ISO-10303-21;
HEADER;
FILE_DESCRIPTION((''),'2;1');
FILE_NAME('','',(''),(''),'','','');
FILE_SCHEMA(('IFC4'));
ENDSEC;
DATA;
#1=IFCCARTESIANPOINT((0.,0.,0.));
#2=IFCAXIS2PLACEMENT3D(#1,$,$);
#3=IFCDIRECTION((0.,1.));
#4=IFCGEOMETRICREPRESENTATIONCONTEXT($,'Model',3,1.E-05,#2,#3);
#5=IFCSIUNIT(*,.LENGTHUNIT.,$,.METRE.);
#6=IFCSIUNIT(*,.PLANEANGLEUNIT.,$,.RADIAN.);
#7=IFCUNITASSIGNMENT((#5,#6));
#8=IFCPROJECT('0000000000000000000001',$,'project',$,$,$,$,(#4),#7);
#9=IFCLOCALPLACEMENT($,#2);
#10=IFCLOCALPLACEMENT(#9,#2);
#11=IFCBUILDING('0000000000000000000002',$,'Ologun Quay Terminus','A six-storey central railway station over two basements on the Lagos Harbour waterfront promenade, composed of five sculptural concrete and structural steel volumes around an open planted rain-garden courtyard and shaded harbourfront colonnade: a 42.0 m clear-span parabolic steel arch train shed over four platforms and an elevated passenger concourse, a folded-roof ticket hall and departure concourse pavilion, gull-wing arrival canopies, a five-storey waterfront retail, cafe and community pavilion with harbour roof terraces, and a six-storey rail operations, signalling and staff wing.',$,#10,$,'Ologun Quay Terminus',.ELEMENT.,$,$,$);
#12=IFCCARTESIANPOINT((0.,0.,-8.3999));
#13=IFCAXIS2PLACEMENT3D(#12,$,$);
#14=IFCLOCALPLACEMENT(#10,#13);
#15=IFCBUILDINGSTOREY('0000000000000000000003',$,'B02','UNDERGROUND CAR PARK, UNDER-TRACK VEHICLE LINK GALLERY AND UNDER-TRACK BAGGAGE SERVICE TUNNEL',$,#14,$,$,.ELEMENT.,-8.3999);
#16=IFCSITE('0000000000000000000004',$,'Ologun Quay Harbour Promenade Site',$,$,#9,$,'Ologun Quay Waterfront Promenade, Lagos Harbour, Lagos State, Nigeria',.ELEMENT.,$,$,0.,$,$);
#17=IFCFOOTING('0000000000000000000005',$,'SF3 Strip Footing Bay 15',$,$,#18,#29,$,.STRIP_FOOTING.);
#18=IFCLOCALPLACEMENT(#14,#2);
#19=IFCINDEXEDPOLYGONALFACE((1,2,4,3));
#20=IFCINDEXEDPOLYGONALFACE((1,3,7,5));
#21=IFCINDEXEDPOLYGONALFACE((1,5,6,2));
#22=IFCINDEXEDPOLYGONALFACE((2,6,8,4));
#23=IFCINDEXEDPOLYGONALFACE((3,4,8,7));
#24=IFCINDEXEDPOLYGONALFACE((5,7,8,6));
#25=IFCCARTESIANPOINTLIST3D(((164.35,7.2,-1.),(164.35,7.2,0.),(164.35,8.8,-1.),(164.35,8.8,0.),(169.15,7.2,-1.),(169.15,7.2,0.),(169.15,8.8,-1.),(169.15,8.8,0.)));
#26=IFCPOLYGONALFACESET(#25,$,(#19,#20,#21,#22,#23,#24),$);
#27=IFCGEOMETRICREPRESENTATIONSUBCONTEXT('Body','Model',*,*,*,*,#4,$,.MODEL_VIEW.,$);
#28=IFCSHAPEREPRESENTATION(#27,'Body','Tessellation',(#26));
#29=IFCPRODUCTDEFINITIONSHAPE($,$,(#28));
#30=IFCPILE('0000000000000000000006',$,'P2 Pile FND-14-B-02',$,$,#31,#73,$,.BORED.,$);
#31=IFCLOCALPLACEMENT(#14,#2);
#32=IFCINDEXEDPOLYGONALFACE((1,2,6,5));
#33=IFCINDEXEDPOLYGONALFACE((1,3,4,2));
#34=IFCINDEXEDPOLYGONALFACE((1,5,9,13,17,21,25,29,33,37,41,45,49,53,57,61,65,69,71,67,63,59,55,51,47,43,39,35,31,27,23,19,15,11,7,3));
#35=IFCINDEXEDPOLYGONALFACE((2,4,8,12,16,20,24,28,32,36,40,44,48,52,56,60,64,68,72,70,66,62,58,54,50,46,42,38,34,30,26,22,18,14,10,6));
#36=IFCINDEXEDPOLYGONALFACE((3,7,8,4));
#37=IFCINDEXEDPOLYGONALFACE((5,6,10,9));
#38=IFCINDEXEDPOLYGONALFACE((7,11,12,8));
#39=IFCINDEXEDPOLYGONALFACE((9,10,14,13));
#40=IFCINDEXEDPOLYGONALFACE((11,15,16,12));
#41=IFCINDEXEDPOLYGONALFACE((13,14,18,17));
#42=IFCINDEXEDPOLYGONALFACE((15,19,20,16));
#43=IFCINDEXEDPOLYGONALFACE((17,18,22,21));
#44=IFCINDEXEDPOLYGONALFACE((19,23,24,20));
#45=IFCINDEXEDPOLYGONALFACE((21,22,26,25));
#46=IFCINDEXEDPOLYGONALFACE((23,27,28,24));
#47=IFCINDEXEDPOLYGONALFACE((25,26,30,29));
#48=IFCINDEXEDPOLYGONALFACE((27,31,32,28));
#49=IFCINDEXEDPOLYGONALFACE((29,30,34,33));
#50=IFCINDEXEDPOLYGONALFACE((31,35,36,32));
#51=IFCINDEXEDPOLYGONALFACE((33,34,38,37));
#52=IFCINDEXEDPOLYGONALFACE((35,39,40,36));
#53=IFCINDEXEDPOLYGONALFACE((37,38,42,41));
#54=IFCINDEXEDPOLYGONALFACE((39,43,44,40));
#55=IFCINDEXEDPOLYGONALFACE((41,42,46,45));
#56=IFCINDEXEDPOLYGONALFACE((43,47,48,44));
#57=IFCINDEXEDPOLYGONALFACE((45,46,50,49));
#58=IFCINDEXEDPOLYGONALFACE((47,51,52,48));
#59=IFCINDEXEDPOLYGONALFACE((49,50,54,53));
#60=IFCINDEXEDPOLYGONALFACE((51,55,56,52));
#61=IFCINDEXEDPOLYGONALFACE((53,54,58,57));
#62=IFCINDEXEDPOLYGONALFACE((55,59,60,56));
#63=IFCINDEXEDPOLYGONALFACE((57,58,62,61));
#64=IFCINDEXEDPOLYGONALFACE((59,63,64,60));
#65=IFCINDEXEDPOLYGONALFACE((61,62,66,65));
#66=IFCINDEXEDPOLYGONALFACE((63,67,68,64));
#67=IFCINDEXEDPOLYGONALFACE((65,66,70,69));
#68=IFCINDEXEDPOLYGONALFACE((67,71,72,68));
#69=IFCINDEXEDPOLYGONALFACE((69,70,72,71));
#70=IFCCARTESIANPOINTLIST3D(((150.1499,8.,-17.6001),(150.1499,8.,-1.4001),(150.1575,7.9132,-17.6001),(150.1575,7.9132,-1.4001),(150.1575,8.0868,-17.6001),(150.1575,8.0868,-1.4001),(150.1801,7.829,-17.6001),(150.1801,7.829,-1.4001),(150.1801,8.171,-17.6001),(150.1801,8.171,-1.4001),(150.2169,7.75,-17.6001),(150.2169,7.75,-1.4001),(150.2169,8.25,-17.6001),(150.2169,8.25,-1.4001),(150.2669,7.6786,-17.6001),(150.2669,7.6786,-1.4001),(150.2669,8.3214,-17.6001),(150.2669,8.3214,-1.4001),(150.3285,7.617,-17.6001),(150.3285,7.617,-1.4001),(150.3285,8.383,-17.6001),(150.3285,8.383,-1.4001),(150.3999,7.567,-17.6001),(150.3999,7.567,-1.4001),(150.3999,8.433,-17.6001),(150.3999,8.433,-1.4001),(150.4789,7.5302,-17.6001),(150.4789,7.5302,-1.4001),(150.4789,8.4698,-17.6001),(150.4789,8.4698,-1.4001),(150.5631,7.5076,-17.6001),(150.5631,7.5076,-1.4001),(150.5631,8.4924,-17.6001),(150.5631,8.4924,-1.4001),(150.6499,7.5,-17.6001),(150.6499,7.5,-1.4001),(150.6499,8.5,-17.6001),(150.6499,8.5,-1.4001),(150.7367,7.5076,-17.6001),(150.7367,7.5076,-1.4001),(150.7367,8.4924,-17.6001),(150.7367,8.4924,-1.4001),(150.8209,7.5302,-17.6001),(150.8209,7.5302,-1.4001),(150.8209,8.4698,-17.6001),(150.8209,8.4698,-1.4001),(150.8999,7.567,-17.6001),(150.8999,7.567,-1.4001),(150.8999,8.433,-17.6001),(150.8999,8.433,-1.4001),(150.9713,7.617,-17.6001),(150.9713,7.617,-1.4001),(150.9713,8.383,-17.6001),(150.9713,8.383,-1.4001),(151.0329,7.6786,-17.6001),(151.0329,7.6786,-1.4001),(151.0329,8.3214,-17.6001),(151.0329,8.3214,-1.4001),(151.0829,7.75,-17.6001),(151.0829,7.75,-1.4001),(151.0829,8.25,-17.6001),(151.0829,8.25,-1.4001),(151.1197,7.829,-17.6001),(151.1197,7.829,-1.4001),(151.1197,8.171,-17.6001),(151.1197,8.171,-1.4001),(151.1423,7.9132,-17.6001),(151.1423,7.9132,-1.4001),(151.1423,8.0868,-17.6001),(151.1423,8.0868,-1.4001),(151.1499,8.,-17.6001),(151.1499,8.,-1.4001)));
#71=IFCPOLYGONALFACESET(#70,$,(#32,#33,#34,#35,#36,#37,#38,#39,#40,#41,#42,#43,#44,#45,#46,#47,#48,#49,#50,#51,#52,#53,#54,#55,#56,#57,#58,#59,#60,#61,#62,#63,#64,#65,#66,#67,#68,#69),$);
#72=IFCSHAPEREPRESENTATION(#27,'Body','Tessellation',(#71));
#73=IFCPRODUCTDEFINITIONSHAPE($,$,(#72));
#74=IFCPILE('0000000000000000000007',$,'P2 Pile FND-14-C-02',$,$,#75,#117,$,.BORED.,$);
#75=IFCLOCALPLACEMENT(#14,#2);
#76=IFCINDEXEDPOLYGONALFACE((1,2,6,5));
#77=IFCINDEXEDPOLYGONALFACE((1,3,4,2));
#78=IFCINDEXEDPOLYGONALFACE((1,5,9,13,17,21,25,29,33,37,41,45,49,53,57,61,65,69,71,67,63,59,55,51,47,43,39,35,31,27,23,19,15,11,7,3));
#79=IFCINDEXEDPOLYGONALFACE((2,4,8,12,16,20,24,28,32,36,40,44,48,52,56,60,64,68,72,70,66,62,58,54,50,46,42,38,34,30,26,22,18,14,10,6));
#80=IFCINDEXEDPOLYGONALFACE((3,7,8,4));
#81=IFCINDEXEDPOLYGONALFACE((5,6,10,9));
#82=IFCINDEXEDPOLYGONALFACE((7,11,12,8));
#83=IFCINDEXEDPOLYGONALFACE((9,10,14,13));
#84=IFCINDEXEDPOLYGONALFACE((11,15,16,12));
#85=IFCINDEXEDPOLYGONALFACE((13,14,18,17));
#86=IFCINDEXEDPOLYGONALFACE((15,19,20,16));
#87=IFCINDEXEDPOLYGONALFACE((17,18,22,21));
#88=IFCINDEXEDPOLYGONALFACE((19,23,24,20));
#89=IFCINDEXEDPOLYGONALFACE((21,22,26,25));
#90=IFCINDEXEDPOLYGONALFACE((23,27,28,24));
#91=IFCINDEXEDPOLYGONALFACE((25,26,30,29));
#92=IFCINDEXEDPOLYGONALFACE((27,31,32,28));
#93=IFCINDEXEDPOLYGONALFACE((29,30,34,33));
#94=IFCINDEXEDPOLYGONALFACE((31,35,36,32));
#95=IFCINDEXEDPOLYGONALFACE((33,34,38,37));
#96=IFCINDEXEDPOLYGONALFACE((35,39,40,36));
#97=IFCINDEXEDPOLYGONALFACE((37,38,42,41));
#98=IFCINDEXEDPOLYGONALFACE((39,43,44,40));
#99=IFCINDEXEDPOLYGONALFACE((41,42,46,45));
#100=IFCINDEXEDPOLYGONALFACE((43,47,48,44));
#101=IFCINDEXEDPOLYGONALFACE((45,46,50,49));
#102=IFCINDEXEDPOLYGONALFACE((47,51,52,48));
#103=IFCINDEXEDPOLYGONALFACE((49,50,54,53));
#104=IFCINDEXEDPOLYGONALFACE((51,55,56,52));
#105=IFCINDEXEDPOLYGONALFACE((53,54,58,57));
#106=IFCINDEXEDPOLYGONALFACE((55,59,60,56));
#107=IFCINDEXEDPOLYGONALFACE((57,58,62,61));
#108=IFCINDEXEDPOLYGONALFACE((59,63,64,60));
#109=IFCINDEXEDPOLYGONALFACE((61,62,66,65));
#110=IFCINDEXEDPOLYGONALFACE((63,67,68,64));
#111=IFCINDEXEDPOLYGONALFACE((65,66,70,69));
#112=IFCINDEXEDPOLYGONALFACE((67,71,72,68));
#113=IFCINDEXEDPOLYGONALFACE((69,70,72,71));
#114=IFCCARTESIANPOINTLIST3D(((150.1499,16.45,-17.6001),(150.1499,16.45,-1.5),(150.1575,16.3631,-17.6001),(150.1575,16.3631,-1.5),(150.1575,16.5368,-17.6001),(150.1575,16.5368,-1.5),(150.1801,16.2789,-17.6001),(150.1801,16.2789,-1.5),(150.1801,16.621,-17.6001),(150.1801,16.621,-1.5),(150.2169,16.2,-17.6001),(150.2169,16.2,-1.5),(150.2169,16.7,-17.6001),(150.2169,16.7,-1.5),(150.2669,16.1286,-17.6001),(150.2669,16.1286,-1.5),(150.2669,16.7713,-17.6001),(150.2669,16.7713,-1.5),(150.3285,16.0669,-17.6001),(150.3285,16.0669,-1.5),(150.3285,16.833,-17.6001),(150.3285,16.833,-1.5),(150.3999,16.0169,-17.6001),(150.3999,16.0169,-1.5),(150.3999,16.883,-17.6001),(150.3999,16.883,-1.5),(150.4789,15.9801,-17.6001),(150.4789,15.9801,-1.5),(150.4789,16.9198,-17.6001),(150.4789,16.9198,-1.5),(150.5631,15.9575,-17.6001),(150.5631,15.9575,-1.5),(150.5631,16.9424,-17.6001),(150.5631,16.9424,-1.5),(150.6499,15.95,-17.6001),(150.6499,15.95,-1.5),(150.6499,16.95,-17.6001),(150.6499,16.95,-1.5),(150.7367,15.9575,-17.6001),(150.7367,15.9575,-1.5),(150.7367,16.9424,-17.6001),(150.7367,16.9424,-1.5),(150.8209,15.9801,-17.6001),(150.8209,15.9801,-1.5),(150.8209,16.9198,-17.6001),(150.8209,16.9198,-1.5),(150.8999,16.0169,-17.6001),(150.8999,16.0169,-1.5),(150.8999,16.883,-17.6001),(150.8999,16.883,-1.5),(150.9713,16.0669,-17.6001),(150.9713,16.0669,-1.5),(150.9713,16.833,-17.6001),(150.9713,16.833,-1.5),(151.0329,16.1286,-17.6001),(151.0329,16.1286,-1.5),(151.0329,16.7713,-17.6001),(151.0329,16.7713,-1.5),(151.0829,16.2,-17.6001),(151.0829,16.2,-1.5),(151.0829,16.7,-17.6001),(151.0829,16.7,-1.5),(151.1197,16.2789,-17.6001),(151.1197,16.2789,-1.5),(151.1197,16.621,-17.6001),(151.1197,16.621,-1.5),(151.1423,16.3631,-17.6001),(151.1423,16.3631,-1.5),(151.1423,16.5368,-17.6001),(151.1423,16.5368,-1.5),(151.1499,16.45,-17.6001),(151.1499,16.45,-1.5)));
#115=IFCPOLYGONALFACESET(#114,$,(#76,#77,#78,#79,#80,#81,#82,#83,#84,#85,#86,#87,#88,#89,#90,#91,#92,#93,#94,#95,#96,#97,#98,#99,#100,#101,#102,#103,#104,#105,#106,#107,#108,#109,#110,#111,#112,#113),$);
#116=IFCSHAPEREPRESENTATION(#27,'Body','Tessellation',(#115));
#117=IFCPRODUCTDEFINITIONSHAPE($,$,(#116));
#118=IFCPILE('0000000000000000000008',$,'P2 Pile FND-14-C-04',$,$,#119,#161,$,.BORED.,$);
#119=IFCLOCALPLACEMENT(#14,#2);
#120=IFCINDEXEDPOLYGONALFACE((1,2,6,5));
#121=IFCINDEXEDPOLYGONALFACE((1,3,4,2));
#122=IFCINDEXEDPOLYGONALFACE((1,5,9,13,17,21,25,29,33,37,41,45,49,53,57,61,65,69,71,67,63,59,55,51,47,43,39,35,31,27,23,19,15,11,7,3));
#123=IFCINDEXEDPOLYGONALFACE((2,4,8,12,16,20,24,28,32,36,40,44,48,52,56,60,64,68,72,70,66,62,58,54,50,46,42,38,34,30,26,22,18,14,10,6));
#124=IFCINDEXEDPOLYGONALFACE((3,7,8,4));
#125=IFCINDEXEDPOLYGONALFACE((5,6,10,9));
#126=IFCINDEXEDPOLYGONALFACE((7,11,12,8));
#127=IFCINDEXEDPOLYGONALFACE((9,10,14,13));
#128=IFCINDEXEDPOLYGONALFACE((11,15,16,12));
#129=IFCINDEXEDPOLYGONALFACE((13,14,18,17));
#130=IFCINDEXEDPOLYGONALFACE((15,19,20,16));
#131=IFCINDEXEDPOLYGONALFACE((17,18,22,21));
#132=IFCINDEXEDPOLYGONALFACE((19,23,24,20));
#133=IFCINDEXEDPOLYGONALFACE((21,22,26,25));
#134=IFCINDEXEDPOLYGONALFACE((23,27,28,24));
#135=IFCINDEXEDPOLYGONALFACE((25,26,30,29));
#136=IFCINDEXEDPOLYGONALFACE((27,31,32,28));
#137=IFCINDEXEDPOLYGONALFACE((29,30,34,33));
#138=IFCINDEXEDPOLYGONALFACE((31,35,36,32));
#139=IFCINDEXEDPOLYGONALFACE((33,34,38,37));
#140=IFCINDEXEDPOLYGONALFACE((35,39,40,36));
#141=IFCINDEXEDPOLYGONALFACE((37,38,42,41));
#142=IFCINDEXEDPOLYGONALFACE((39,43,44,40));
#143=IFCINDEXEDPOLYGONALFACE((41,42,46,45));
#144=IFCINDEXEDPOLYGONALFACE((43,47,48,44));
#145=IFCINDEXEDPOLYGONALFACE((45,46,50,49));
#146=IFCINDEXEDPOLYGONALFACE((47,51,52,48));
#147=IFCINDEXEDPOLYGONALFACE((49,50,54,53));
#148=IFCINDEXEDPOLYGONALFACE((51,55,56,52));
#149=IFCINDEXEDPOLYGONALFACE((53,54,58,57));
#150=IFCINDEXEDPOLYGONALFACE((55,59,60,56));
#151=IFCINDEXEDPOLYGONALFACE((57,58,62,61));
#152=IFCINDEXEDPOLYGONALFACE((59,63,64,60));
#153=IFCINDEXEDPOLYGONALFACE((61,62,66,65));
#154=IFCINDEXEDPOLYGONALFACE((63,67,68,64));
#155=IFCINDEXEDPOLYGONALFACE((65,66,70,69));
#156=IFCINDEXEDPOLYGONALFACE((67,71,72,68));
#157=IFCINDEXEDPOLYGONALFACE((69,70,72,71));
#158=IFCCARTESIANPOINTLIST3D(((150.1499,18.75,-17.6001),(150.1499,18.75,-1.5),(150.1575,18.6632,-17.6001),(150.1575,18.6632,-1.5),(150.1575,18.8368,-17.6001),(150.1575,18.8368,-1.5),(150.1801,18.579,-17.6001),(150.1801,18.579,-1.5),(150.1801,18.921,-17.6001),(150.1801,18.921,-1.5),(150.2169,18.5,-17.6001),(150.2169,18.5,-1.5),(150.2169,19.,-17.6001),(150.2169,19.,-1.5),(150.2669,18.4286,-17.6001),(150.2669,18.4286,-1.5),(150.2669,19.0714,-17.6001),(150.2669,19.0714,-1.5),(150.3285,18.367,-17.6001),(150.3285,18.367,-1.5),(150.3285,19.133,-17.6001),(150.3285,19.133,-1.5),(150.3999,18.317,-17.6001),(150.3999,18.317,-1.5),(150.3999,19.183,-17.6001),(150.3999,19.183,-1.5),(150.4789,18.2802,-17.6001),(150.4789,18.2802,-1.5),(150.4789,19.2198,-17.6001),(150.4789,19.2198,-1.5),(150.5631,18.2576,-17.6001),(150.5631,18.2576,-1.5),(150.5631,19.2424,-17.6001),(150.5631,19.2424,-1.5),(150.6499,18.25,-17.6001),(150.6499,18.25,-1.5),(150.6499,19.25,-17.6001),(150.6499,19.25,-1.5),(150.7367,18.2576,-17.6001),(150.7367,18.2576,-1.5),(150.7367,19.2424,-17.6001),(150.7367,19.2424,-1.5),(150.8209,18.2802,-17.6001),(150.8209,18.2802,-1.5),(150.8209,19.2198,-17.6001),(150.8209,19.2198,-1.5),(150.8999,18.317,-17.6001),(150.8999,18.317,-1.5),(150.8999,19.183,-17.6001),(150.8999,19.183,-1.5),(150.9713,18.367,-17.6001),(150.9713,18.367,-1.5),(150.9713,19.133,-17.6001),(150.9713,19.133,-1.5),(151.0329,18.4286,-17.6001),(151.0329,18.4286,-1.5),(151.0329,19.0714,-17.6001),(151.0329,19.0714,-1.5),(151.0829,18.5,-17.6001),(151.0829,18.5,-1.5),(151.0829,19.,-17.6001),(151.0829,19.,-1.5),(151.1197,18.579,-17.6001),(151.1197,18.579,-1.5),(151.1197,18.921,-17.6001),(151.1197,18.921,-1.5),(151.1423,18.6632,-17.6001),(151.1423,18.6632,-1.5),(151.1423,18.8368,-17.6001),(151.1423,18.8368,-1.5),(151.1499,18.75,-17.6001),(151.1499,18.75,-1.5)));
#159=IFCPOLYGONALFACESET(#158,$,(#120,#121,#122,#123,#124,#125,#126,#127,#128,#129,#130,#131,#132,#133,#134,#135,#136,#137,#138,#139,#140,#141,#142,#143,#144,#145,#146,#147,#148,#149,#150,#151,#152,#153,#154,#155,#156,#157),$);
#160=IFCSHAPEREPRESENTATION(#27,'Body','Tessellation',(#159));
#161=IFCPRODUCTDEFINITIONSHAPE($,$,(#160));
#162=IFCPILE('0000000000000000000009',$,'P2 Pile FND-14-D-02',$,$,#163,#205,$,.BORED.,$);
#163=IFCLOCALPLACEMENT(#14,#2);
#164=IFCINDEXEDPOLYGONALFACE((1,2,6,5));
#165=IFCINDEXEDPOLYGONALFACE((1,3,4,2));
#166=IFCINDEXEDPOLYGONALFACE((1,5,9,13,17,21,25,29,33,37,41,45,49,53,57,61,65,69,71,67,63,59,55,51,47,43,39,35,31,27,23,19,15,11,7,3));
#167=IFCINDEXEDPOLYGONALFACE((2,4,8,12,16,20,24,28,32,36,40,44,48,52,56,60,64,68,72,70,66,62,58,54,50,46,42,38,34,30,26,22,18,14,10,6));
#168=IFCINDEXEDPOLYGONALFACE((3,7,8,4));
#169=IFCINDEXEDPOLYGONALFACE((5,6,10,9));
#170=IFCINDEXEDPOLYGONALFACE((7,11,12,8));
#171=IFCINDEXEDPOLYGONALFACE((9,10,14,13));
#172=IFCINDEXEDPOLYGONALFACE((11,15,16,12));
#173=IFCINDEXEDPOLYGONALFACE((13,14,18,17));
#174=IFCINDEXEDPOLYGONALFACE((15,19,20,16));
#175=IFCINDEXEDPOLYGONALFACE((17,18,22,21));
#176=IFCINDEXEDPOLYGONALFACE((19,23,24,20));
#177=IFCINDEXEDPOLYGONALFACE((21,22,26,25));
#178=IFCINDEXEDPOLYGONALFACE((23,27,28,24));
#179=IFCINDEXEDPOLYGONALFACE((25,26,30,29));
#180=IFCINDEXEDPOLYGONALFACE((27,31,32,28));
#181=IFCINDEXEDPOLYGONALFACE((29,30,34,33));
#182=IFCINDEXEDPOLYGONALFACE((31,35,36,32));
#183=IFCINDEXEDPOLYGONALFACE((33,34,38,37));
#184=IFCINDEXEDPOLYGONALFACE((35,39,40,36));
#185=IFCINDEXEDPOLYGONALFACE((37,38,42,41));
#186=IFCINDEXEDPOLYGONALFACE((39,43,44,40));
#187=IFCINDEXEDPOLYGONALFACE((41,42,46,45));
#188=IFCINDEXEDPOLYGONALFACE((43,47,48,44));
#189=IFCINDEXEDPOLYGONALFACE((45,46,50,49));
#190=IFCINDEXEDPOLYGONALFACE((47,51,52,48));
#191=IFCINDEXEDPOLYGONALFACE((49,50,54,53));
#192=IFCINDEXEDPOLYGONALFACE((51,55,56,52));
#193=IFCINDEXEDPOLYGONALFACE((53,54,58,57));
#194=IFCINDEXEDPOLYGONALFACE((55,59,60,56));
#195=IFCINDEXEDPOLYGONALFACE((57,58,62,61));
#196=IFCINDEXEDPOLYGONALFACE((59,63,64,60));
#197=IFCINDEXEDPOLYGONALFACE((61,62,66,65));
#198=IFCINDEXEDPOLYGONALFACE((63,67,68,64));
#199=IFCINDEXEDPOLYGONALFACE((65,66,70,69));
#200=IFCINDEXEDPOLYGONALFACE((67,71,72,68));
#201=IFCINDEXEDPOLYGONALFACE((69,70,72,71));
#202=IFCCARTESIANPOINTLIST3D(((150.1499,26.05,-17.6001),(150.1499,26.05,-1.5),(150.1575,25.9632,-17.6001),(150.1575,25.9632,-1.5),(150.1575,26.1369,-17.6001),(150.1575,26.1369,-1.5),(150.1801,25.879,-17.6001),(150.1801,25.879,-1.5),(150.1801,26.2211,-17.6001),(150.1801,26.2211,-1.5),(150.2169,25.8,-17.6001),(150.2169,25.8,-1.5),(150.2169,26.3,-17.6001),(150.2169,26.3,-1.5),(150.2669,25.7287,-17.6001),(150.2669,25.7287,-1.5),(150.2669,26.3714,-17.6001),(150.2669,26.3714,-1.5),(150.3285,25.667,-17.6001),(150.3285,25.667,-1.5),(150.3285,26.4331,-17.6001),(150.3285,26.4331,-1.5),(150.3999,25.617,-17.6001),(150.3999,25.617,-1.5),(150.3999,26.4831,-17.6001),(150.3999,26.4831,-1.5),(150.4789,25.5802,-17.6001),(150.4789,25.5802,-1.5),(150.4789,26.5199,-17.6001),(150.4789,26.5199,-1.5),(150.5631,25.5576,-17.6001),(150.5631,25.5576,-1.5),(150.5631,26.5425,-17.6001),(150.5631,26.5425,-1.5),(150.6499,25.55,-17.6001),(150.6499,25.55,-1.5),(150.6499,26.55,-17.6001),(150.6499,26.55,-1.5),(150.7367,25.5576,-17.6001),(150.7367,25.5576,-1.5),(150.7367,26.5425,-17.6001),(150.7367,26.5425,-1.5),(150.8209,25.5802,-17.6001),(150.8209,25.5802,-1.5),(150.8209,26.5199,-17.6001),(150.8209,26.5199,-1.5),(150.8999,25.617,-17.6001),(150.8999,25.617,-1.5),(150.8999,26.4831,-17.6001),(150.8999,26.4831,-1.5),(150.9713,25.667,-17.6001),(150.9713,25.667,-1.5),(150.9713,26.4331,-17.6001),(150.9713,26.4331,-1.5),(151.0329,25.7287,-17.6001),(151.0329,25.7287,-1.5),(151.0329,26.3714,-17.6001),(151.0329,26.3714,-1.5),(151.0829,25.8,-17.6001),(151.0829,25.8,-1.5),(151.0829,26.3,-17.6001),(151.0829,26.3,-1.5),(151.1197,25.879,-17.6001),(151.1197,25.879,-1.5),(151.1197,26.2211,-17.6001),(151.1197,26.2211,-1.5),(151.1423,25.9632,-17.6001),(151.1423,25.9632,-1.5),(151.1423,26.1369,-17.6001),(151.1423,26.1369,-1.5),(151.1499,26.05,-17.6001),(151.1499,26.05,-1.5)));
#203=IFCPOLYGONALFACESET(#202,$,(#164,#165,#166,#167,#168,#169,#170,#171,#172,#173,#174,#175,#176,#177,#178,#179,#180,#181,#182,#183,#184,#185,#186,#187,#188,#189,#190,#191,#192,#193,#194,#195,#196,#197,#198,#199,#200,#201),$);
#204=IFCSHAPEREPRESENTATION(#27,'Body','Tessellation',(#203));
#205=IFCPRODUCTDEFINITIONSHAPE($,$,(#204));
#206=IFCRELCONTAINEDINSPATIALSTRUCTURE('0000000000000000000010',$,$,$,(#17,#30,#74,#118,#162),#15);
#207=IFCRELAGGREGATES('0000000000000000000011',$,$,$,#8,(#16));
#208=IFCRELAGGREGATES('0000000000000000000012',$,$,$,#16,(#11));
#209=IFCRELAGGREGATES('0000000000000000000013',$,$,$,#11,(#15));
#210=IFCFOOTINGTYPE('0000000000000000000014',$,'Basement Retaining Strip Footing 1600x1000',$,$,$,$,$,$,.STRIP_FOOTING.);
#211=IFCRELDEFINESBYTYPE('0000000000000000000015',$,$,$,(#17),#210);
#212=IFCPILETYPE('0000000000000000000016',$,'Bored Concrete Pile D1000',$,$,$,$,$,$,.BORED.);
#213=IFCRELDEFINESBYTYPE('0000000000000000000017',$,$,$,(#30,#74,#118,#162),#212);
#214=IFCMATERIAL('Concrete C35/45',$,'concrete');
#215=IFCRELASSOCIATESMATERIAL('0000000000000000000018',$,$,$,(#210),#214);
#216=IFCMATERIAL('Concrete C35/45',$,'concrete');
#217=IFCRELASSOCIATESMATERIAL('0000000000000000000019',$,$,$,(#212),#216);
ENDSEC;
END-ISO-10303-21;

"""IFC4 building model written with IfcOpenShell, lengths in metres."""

from ifc_helpers import new_model, si_unit, direction, frame, origin, origin_2d, place, context, subcontext, project, spatial, rectangle, circle, extrude, material, material_profile, profile_set, type_object, element, save


model = new_model("IFC4")

# Units and contexts
model_context = context("Model", 3, precision=1e-05, world=origin(), true_north=direction((0.0, 1.0)))
body_context = subcontext(model_context, "Body", "Model", "MODEL_VIEW")
ifc_project = project(units=[si_unit("LENGTHUNIT", "METRE"), si_unit("PLANEANGLEUNIT", "RADIAN")], contexts=[model_context])

# Site, building, storey
site_placement = place(None, origin())
site = spatial("IfcSite", under=ifc_project, at=site_placement, Name="Ologun Quay Harbour Promenade Site", LongName="Ologun Quay Waterfront Promenade, Lagos Harbour, Lagos State, Nigeria", CompositionType="ELEMENT", RefElevation=0.0)
building_placement = place(site_placement, origin())
building = spatial("IfcBuilding", under=site, at=building_placement, Name="Ologun Quay Terminus", Description="A six-storey central railway station over two basements on the Lagos Harbour waterfront promenade, composed of five sculptural concrete and structural steel volumes around an open planted rain-garden courtyard and shaded harbourfront colonnade: a 42.0 m clear-span parabolic steel arch train shed over four platforms and an elevated passenger concourse, a folded-roof ticket hall and departure concourse pavilion, gull-wing arrival canopies, a five-storey waterfront retail, cafe and community pavilion with harbour roof terraces, and a six-storey rail operations, signalling and staff wing.", LongName="Ologun Quay Terminus", CompositionType="ELEMENT")
storey_placement = place(building_placement, frame((0.0, 0.0, -8.3999)))
storey = spatial("IfcBuildingStorey", under=building, at=storey_placement, Name="B02", Description="UNDERGROUND CAR PARK, UNDER-TRACK VEHICLE LINK GALLERY AND UNDER-TRACK BAGGAGE SERVICE TUNNEL", CompositionType="ELEMENT", Elevation=-8.3999)

# Footing
ifc_material_1 = material(Name="Concrete C35/45", Category="concrete")
footing_type_1 = type_object("IfcFootingType", Name="Basement Retaining Strip Footing 1600x1000", PredefinedType="STRIP_FOOTING", material=ifc_material_1)
footing_1_placement = place(storey_placement, frame((166.75, 8.0, -1.0), z_axis=(0.0, 0.0, 1.0), x_axis=(1.0, 0.0, 0.0)))
element("IfcFooting", 1, at=footing_1_placement, inside=storey, type_object=footing_type_1, Name="SF3 Strip Footing Bay 15", PredefinedType="STRIP_FOOTING", context=body_context, shape_type="SweptSolid", body=[
    extrude(rectangle(XDim=4.8, YDim=1.6001, at=origin_2d()), origin(), (0.0, 0.0, 1.0), 1.0),
])

# Piles
ifc_material_2 = material(Name="Concrete C35/45", Category="concrete")
ifc_material_profile_1 = material_profile(ifc_material_2, circle(Radius=0.5, at=origin_2d()), Name="PILE D1000")
ifc_profile_set_1 = profile_set([ifc_material_profile_1], Name="Concrete C35/45")
pile_type_1 = type_object("IfcPileType", Name="Bored Concrete Pile D1000", PredefinedType="BORED", material=ifc_profile_set_1)
pile_1_placement = place(storey_placement, frame((150.6499, 8.0, -1.4001), z_axis=(0.0, 0.0, -1.0), x_axis=(1.0, 0.0, 0.0)))
element("IfcPile", 2, at=pile_1_placement, inside=storey, type_object=pile_type_1, Name="P2 Pile FND-14-B-02", PredefinedType="BORED", context=body_context, shape_type="SweptSolid", body=[
    extrude(circle(Radius=0.5, at=origin_2d()), origin(), (0.0, 0.0, 1.0), 16.2),
])
for number, where, z_axis, x_axis, name in (
    (3, (150.6499, 16.45, -1.5), (0.0, 0.0, -1.0), (1.0, 0.0, 0.0), "P2 Pile FND-14-C-02"),
    (4, (150.6499, 18.75, -1.5), (0.0, 0.0, -1.0), (1.0, 0.0, 0.0), "P2 Pile FND-14-C-04"),
    (5, (150.6499, 26.05, -1.5), (0.0, 0.0, -1.0), (1.0, 0.0, 0.0), "P2 Pile FND-14-D-02"),
):
    element("IfcPile", number, at=place(storey_placement, frame(where, z_axis=z_axis, x_axis=x_axis)), inside=storey, type_object=pile_type_1, Name=name, PredefinedType="BORED", context=body_context, shape_type="SweptSolid", body=[
        extrude(circle(Radius=0.5, at=origin_2d()), origin(), (0.0, 0.0, 1.0), 16.1001),
    ])

save(model, "model.ifc")
